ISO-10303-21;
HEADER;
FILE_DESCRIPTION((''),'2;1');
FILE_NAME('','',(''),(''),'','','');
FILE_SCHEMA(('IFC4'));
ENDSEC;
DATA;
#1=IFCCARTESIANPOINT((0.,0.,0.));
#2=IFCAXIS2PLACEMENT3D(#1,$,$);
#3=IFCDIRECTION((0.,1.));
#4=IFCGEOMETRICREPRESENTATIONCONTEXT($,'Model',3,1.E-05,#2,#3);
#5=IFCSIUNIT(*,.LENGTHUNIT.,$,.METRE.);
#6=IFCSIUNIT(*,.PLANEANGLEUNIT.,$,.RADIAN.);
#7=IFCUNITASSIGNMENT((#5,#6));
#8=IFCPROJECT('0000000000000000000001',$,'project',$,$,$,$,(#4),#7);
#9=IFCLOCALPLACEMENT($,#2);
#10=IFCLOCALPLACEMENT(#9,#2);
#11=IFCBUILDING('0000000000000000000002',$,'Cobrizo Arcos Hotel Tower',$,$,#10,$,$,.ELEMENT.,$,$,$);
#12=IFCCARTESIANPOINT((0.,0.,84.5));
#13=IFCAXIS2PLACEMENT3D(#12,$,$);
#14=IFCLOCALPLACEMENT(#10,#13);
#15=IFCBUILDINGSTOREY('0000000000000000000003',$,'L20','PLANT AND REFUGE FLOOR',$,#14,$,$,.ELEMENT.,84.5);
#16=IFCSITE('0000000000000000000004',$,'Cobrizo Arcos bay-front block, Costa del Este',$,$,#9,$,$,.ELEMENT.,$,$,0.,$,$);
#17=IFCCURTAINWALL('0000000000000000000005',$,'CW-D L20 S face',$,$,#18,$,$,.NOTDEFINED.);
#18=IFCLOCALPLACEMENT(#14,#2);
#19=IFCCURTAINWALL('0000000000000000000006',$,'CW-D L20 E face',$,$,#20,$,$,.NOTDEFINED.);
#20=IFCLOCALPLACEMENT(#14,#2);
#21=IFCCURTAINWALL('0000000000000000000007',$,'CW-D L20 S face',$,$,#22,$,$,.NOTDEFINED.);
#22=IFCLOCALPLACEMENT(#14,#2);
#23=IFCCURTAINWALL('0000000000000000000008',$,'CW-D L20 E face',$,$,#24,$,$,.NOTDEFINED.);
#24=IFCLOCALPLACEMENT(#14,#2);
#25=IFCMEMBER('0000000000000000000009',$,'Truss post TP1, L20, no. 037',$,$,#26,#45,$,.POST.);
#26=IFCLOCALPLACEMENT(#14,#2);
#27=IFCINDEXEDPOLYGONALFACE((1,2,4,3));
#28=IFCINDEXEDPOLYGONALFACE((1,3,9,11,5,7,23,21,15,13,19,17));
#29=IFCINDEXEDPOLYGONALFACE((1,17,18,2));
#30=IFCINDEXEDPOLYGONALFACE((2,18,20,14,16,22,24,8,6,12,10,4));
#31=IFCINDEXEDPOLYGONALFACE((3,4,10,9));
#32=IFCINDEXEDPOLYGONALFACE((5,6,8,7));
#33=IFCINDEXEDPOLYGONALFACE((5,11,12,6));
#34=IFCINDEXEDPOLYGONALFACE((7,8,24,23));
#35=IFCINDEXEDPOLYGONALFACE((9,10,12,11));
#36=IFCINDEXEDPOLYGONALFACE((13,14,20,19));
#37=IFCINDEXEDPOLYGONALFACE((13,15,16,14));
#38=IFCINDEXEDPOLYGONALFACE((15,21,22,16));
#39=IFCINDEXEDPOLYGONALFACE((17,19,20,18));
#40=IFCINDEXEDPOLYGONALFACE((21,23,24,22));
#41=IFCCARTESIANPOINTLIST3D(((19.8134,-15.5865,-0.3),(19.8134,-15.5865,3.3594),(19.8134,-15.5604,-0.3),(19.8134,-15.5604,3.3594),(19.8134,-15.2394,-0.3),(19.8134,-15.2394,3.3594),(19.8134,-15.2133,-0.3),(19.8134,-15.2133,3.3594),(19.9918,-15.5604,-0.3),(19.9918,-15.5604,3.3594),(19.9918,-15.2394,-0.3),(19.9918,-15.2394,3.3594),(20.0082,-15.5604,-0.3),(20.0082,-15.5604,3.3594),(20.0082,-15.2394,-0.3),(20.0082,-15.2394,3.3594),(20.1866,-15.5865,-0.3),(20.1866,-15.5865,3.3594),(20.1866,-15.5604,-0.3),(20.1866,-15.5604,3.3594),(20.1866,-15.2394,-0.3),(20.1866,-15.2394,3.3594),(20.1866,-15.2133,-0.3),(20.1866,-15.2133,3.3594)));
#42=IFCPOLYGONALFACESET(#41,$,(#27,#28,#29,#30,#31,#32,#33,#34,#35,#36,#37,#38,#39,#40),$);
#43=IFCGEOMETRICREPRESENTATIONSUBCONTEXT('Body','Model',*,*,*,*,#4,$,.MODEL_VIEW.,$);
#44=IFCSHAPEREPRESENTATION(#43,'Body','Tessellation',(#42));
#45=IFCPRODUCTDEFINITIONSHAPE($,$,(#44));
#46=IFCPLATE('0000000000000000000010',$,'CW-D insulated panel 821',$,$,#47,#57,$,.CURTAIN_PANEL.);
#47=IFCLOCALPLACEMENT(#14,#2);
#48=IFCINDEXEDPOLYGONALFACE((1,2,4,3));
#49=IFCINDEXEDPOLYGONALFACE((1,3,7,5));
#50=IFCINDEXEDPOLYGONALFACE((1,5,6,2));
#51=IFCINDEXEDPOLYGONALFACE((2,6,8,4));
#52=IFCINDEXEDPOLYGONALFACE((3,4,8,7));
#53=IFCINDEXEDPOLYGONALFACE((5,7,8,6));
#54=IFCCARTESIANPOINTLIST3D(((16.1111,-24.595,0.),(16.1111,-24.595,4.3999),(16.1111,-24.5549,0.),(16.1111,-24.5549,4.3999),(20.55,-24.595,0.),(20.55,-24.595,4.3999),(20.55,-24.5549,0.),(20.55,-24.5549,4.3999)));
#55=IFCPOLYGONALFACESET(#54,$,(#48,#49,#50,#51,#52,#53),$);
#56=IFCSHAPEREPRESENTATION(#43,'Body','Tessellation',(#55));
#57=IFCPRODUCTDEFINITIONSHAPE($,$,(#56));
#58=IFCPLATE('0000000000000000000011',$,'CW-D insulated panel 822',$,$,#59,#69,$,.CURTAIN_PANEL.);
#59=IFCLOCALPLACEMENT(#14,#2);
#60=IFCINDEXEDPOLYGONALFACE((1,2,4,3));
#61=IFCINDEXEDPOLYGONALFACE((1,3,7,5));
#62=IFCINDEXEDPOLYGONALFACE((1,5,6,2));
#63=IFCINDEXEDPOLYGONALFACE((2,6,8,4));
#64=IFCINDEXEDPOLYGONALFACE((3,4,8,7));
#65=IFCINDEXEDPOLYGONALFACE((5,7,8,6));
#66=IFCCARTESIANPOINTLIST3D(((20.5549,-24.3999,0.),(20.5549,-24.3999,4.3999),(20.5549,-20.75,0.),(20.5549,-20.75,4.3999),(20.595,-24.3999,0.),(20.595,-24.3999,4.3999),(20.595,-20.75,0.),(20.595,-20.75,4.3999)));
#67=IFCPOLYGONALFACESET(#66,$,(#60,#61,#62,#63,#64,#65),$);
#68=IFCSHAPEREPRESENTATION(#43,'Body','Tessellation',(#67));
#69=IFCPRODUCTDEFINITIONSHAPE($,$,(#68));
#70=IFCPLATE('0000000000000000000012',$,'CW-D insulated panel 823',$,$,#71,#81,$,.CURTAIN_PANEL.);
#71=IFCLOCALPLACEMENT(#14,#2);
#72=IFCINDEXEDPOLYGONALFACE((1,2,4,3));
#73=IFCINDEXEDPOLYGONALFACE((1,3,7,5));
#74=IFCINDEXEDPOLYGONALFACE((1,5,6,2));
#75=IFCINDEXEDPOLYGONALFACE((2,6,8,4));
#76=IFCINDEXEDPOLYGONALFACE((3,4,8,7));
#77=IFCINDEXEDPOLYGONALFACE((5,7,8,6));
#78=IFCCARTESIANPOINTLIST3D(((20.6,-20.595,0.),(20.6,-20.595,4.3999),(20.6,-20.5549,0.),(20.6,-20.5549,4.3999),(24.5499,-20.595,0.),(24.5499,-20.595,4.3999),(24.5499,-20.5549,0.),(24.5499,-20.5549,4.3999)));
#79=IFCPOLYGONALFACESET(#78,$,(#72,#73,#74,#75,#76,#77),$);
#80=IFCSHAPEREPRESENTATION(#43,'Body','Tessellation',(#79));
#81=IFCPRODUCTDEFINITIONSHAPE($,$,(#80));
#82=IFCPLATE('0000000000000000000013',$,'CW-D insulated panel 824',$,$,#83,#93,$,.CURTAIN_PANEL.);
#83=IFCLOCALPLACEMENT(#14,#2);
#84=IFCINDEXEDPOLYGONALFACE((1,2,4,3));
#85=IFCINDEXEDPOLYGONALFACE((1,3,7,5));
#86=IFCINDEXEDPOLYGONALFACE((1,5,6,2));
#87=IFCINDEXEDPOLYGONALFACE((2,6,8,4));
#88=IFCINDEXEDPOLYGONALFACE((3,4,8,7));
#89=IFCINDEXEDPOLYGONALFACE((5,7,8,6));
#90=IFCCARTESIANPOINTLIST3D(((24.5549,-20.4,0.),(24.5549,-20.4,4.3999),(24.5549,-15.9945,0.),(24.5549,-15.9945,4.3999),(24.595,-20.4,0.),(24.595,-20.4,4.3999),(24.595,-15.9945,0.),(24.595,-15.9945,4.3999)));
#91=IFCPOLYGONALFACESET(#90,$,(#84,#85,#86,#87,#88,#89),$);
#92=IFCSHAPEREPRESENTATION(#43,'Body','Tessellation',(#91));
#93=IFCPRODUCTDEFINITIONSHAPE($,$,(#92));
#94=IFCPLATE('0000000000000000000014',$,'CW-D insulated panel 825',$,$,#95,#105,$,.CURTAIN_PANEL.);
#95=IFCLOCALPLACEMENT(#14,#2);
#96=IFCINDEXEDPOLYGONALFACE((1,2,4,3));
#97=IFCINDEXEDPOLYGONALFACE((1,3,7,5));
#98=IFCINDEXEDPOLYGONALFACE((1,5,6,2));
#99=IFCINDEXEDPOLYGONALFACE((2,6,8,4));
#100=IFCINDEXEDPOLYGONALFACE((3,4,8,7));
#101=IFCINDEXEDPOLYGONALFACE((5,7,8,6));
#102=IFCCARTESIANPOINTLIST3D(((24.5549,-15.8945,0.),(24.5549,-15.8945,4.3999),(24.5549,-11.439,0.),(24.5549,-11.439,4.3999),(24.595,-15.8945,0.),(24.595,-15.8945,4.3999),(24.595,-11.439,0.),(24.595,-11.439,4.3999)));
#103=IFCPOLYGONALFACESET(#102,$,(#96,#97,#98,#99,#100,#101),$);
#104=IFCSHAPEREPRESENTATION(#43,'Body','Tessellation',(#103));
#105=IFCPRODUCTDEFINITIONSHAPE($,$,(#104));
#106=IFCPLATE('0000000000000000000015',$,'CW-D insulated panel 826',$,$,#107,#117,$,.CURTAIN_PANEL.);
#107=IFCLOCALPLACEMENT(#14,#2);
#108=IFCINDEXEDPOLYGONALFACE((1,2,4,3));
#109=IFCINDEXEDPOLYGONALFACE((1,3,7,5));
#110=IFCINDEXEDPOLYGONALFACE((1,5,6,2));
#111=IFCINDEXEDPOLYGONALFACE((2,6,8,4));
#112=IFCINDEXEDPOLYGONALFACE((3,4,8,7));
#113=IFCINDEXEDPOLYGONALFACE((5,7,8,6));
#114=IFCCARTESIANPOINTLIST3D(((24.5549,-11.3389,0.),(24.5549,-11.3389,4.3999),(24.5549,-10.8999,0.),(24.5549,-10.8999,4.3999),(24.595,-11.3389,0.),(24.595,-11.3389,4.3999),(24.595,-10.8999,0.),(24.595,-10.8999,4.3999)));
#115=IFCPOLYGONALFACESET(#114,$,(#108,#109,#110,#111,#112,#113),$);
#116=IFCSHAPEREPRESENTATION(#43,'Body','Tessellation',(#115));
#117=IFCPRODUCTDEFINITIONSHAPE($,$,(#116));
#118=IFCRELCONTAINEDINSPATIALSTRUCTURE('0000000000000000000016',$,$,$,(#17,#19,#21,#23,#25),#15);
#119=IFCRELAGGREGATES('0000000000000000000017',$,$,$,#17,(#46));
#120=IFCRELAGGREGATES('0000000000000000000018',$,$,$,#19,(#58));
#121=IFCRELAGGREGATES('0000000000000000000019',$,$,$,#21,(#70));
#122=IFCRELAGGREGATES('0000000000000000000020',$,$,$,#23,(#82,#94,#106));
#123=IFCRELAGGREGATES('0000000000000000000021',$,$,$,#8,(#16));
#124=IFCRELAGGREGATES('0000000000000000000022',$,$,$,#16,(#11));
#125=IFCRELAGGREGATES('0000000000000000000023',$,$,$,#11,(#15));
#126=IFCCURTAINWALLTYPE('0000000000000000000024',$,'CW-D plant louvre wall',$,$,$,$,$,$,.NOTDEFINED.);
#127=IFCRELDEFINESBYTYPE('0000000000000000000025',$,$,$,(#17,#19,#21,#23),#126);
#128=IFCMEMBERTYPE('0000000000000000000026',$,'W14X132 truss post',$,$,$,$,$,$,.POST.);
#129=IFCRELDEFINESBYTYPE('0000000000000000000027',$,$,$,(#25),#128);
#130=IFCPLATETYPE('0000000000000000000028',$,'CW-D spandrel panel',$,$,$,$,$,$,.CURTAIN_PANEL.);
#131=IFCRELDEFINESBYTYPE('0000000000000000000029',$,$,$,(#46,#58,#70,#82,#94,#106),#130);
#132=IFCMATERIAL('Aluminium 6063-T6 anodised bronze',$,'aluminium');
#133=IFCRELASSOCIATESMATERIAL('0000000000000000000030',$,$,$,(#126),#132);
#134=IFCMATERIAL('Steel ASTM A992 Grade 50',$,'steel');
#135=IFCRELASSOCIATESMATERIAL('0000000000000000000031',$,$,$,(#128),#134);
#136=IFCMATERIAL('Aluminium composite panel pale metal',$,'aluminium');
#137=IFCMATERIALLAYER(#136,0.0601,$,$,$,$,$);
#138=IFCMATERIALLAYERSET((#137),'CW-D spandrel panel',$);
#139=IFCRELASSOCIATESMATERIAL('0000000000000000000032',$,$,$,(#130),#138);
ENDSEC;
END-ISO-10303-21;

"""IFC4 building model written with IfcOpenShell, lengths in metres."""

from ifc_helpers import new_model, si_unit, direction, frame, origin, origin_2d, place, context, subcontext, project, spatial, rectangle, i_section, extrude, material, layer, layer_set, material_profile, profile_set, type_object, element, aggregate, save


model = new_model("IFC4")

# Units and contexts
model_context = context("Model", 3, precision=1e-05, world=origin(), true_north=direction((0.0, 1.0)))
body_context = subcontext(model_context, "Body", "Model", "MODEL_VIEW")
ifc_project = project(units=[si_unit("LENGTHUNIT", "METRE"), si_unit("PLANEANGLEUNIT", "RADIAN")], contexts=[model_context])

# Site, building, storey
site_placement = place(None, origin())
site = spatial("IfcSite", under=ifc_project, at=site_placement, Name="Cobrizo Arcos bay-front block, Costa del Este", CompositionType="ELEMENT", RefElevation=0.0)
building_placement = place(site_placement, origin())
building = spatial("IfcBuilding", under=site, at=building_placement, Name="Cobrizo Arcos Hotel Tower", CompositionType="ELEMENT")
storey_placement = place(building_placement, frame((0.0, 0.0, 84.5)))
storey = spatial("IfcBuildingStorey", under=building, at=storey_placement, Name="L20", Description="PLANT AND REFUGE FLOOR", CompositionType="ELEMENT", Elevation=84.5)

# Curtain wall
ifc_material_1 = material(Name="Aluminium 6063-T6 anodised bronze", Category="aluminium")
curtain_wall_type = type_object("IfcCurtainWallType", Name="CW-D plant louvre wall", PredefinedType="NOTDEFINED", material=ifc_material_1)
curtain_wall_1_placement = place(storey_placement, origin())
curtain_wall_1 = element("IfcCurtainWall", 1, at=curtain_wall_1_placement, inside=storey, type_object=curtain_wall_type, Name="CW-D L20 S face", PredefinedType="NOTDEFINED")

# Curtain walls
curtain_wall_2_placement = place(storey_placement, origin())
curtain_wall_2 = element("IfcCurtainWall", 2, at=curtain_wall_2_placement, inside=storey, type_object=curtain_wall_type, Name="CW-D L20 E face", PredefinedType="NOTDEFINED")
curtain_wall_3_placement = place(storey_placement, origin())
curtain_wall_3 = element("IfcCurtainWall", 3, at=curtain_wall_3_placement, inside=storey, type_object=curtain_wall_type, Name="CW-D L20 S face", PredefinedType="NOTDEFINED")
curtain_wall_4_placement = place(storey_placement, origin())
curtain_wall_4 = element("IfcCurtainWall", 4, at=curtain_wall_4_placement, inside=storey, type_object=curtain_wall_type, Name="CW-D L20 E face", PredefinedType="NOTDEFINED")

# Member
ifc_material_2 = material(Name="Steel ASTM A992 Grade 50", Category="steel")
ifc_material_profile_1 = material_profile(ifc_material_2, i_section(OverallWidth=0.3733, OverallDepth=0.3733, WebThickness=0.0164, FlangeThickness=0.0261, at=origin_2d()), Name="W14X132")
ifc_profile_set_1 = profile_set([ifc_material_profile_1], Name="Steel ASTM A992 Grade 50")
member_type_1 = type_object("IfcMemberType", Name="W14X132 truss post", PredefinedType="POST", material=ifc_profile_set_1)
for number, where, z_axis, x_axis, name in (
    (5, (20.0, -15.3999, -0.3), (0.0, 0.0, 1.0), (1.0, 0.0, 0.0), "Truss post TP1, L20, no. 037"),
):
    element("IfcMember", number, at=place(storey_placement, frame(where, z_axis=z_axis, x_axis=x_axis)), inside=storey, type_object=member_type_1, Name=name, PredefinedType="POST", context=body_context, shape_type="SweptSolid", body=[
        extrude(i_section(OverallWidth=0.3733, OverallDepth=0.3733, WebThickness=0.0164, FlangeThickness=0.0261, at=origin_2d()), origin(), (0.0, 0.0, 1.0), 3.6594),
    ])

# Plates
ifc_material_3 = material(Name="Aluminium composite panel pale metal", Category="aluminium")
ifc_layer = layer(ifc_material_3, 0.0601)
ifc_layer_set = layer_set([ifc_layer], Name="CW-D spandrel panel")
plate_type = type_object("IfcPlateType", Name="CW-D spandrel panel", PredefinedType="CURTAIN_PANEL", material=ifc_layer_set)
plate_1_placement = place(storey_placement, frame((18.3306, -24.575, 0.0), z_axis=(0.0, 0.0, 1.0), x_axis=(1.0, 0.0, 0.0)))
plate_1 = element("IfcPlate", 6, at=plate_1_placement, type_object=plate_type, Name="CW-D insulated panel 821", PredefinedType="CURTAIN_PANEL", context=body_context, shape_type="SweptSolid", body=[
    extrude(rectangle(XDim=4.439, YDim=0.04, at=origin_2d()), origin(), (0.0, 0.0, 1.0), 4.3999),
])
aggregate(curtain_wall_1, [plate_1])
plate_2_placement = place(storey_placement, frame((20.575, -22.575, 0.0), z_axis=(0.0, 0.0, 1.0), x_axis=(0.0, 1.0, 0.0)))
plate_2 = element("IfcPlate", 7, at=plate_2_placement, type_object=plate_type, Name="CW-D insulated panel 822", PredefinedType="CURTAIN_PANEL", context=body_context, shape_type="SweptSolid", body=[
    extrude(rectangle(XDim=3.6499, YDim=0.04, at=origin_2d()), origin(), (0.0, 0.0, 1.0), 4.3999),
])
aggregate(curtain_wall_2, [plate_2])
plate_3_placement = place(storey_placement, frame((22.575, -20.575, 0.0), z_axis=(0.0, 0.0, 1.0), x_axis=(1.0, 0.0, 0.0)))
plate_3 = element("IfcPlate", 8, at=plate_3_placement, type_object=plate_type, Name="CW-D insulated panel 823", PredefinedType="CURTAIN_PANEL", context=body_context, shape_type="SweptSolid", body=[
    extrude(rectangle(XDim=3.95, YDim=0.04, at=origin_2d()), origin(), (0.0, 0.0, 1.0), 4.3999),
])
aggregate(curtain_wall_3, [plate_3])
plate_4_placement = place(storey_placement, frame((24.575, -18.1973, 0.0), z_axis=(0.0, 0.0, 1.0), x_axis=(0.0, 1.0, 0.0)))
plate_4 = element("IfcPlate", 9, at=plate_4_placement, type_object=plate_type, Name="CW-D insulated panel 824", PredefinedType="CURTAIN_PANEL", context=body_context, shape_type="SweptSolid", body=[
    extrude(rectangle(XDim=4.4055, YDim=0.04, at=origin_2d()), origin(), (0.0, 0.0, 1.0), 4.3999),
])
plate_5_placement = place(storey_placement, frame((24.575, -13.6667, 0.0), z_axis=(0.0, 0.0, 1.0), x_axis=(0.0, 1.0, 0.0)))
plate_5 = element("IfcPlate", 10, at=plate_5_placement, type_object=plate_type, Name="CW-D insulated panel 825", PredefinedType="CURTAIN_PANEL", context=body_context, shape_type="SweptSolid", body=[
    extrude(rectangle(XDim=4.4556, YDim=0.04, at=origin_2d()), origin(), (0.0, 0.0, 1.0), 4.3999),
])
plate_6_placement = place(storey_placement, frame((24.575, -11.1194, 0.0), z_axis=(0.0, 0.0, 1.0), x_axis=(0.0, 1.0, 0.0)))
plate_6 = element("IfcPlate", 11, at=plate_6_placement, type_object=plate_type, Name="CW-D insulated panel 826", PredefinedType="CURTAIN_PANEL", context=body_context, shape_type="SweptSolid", body=[
    extrude(rectangle(XDim=0.439, YDim=0.04, at=origin_2d()), origin(), (0.0, 0.0, 1.0), 4.3999),
])
aggregate(curtain_wall_4, [plate_4, plate_5, plate_6])

save(model, "model.ifc")
